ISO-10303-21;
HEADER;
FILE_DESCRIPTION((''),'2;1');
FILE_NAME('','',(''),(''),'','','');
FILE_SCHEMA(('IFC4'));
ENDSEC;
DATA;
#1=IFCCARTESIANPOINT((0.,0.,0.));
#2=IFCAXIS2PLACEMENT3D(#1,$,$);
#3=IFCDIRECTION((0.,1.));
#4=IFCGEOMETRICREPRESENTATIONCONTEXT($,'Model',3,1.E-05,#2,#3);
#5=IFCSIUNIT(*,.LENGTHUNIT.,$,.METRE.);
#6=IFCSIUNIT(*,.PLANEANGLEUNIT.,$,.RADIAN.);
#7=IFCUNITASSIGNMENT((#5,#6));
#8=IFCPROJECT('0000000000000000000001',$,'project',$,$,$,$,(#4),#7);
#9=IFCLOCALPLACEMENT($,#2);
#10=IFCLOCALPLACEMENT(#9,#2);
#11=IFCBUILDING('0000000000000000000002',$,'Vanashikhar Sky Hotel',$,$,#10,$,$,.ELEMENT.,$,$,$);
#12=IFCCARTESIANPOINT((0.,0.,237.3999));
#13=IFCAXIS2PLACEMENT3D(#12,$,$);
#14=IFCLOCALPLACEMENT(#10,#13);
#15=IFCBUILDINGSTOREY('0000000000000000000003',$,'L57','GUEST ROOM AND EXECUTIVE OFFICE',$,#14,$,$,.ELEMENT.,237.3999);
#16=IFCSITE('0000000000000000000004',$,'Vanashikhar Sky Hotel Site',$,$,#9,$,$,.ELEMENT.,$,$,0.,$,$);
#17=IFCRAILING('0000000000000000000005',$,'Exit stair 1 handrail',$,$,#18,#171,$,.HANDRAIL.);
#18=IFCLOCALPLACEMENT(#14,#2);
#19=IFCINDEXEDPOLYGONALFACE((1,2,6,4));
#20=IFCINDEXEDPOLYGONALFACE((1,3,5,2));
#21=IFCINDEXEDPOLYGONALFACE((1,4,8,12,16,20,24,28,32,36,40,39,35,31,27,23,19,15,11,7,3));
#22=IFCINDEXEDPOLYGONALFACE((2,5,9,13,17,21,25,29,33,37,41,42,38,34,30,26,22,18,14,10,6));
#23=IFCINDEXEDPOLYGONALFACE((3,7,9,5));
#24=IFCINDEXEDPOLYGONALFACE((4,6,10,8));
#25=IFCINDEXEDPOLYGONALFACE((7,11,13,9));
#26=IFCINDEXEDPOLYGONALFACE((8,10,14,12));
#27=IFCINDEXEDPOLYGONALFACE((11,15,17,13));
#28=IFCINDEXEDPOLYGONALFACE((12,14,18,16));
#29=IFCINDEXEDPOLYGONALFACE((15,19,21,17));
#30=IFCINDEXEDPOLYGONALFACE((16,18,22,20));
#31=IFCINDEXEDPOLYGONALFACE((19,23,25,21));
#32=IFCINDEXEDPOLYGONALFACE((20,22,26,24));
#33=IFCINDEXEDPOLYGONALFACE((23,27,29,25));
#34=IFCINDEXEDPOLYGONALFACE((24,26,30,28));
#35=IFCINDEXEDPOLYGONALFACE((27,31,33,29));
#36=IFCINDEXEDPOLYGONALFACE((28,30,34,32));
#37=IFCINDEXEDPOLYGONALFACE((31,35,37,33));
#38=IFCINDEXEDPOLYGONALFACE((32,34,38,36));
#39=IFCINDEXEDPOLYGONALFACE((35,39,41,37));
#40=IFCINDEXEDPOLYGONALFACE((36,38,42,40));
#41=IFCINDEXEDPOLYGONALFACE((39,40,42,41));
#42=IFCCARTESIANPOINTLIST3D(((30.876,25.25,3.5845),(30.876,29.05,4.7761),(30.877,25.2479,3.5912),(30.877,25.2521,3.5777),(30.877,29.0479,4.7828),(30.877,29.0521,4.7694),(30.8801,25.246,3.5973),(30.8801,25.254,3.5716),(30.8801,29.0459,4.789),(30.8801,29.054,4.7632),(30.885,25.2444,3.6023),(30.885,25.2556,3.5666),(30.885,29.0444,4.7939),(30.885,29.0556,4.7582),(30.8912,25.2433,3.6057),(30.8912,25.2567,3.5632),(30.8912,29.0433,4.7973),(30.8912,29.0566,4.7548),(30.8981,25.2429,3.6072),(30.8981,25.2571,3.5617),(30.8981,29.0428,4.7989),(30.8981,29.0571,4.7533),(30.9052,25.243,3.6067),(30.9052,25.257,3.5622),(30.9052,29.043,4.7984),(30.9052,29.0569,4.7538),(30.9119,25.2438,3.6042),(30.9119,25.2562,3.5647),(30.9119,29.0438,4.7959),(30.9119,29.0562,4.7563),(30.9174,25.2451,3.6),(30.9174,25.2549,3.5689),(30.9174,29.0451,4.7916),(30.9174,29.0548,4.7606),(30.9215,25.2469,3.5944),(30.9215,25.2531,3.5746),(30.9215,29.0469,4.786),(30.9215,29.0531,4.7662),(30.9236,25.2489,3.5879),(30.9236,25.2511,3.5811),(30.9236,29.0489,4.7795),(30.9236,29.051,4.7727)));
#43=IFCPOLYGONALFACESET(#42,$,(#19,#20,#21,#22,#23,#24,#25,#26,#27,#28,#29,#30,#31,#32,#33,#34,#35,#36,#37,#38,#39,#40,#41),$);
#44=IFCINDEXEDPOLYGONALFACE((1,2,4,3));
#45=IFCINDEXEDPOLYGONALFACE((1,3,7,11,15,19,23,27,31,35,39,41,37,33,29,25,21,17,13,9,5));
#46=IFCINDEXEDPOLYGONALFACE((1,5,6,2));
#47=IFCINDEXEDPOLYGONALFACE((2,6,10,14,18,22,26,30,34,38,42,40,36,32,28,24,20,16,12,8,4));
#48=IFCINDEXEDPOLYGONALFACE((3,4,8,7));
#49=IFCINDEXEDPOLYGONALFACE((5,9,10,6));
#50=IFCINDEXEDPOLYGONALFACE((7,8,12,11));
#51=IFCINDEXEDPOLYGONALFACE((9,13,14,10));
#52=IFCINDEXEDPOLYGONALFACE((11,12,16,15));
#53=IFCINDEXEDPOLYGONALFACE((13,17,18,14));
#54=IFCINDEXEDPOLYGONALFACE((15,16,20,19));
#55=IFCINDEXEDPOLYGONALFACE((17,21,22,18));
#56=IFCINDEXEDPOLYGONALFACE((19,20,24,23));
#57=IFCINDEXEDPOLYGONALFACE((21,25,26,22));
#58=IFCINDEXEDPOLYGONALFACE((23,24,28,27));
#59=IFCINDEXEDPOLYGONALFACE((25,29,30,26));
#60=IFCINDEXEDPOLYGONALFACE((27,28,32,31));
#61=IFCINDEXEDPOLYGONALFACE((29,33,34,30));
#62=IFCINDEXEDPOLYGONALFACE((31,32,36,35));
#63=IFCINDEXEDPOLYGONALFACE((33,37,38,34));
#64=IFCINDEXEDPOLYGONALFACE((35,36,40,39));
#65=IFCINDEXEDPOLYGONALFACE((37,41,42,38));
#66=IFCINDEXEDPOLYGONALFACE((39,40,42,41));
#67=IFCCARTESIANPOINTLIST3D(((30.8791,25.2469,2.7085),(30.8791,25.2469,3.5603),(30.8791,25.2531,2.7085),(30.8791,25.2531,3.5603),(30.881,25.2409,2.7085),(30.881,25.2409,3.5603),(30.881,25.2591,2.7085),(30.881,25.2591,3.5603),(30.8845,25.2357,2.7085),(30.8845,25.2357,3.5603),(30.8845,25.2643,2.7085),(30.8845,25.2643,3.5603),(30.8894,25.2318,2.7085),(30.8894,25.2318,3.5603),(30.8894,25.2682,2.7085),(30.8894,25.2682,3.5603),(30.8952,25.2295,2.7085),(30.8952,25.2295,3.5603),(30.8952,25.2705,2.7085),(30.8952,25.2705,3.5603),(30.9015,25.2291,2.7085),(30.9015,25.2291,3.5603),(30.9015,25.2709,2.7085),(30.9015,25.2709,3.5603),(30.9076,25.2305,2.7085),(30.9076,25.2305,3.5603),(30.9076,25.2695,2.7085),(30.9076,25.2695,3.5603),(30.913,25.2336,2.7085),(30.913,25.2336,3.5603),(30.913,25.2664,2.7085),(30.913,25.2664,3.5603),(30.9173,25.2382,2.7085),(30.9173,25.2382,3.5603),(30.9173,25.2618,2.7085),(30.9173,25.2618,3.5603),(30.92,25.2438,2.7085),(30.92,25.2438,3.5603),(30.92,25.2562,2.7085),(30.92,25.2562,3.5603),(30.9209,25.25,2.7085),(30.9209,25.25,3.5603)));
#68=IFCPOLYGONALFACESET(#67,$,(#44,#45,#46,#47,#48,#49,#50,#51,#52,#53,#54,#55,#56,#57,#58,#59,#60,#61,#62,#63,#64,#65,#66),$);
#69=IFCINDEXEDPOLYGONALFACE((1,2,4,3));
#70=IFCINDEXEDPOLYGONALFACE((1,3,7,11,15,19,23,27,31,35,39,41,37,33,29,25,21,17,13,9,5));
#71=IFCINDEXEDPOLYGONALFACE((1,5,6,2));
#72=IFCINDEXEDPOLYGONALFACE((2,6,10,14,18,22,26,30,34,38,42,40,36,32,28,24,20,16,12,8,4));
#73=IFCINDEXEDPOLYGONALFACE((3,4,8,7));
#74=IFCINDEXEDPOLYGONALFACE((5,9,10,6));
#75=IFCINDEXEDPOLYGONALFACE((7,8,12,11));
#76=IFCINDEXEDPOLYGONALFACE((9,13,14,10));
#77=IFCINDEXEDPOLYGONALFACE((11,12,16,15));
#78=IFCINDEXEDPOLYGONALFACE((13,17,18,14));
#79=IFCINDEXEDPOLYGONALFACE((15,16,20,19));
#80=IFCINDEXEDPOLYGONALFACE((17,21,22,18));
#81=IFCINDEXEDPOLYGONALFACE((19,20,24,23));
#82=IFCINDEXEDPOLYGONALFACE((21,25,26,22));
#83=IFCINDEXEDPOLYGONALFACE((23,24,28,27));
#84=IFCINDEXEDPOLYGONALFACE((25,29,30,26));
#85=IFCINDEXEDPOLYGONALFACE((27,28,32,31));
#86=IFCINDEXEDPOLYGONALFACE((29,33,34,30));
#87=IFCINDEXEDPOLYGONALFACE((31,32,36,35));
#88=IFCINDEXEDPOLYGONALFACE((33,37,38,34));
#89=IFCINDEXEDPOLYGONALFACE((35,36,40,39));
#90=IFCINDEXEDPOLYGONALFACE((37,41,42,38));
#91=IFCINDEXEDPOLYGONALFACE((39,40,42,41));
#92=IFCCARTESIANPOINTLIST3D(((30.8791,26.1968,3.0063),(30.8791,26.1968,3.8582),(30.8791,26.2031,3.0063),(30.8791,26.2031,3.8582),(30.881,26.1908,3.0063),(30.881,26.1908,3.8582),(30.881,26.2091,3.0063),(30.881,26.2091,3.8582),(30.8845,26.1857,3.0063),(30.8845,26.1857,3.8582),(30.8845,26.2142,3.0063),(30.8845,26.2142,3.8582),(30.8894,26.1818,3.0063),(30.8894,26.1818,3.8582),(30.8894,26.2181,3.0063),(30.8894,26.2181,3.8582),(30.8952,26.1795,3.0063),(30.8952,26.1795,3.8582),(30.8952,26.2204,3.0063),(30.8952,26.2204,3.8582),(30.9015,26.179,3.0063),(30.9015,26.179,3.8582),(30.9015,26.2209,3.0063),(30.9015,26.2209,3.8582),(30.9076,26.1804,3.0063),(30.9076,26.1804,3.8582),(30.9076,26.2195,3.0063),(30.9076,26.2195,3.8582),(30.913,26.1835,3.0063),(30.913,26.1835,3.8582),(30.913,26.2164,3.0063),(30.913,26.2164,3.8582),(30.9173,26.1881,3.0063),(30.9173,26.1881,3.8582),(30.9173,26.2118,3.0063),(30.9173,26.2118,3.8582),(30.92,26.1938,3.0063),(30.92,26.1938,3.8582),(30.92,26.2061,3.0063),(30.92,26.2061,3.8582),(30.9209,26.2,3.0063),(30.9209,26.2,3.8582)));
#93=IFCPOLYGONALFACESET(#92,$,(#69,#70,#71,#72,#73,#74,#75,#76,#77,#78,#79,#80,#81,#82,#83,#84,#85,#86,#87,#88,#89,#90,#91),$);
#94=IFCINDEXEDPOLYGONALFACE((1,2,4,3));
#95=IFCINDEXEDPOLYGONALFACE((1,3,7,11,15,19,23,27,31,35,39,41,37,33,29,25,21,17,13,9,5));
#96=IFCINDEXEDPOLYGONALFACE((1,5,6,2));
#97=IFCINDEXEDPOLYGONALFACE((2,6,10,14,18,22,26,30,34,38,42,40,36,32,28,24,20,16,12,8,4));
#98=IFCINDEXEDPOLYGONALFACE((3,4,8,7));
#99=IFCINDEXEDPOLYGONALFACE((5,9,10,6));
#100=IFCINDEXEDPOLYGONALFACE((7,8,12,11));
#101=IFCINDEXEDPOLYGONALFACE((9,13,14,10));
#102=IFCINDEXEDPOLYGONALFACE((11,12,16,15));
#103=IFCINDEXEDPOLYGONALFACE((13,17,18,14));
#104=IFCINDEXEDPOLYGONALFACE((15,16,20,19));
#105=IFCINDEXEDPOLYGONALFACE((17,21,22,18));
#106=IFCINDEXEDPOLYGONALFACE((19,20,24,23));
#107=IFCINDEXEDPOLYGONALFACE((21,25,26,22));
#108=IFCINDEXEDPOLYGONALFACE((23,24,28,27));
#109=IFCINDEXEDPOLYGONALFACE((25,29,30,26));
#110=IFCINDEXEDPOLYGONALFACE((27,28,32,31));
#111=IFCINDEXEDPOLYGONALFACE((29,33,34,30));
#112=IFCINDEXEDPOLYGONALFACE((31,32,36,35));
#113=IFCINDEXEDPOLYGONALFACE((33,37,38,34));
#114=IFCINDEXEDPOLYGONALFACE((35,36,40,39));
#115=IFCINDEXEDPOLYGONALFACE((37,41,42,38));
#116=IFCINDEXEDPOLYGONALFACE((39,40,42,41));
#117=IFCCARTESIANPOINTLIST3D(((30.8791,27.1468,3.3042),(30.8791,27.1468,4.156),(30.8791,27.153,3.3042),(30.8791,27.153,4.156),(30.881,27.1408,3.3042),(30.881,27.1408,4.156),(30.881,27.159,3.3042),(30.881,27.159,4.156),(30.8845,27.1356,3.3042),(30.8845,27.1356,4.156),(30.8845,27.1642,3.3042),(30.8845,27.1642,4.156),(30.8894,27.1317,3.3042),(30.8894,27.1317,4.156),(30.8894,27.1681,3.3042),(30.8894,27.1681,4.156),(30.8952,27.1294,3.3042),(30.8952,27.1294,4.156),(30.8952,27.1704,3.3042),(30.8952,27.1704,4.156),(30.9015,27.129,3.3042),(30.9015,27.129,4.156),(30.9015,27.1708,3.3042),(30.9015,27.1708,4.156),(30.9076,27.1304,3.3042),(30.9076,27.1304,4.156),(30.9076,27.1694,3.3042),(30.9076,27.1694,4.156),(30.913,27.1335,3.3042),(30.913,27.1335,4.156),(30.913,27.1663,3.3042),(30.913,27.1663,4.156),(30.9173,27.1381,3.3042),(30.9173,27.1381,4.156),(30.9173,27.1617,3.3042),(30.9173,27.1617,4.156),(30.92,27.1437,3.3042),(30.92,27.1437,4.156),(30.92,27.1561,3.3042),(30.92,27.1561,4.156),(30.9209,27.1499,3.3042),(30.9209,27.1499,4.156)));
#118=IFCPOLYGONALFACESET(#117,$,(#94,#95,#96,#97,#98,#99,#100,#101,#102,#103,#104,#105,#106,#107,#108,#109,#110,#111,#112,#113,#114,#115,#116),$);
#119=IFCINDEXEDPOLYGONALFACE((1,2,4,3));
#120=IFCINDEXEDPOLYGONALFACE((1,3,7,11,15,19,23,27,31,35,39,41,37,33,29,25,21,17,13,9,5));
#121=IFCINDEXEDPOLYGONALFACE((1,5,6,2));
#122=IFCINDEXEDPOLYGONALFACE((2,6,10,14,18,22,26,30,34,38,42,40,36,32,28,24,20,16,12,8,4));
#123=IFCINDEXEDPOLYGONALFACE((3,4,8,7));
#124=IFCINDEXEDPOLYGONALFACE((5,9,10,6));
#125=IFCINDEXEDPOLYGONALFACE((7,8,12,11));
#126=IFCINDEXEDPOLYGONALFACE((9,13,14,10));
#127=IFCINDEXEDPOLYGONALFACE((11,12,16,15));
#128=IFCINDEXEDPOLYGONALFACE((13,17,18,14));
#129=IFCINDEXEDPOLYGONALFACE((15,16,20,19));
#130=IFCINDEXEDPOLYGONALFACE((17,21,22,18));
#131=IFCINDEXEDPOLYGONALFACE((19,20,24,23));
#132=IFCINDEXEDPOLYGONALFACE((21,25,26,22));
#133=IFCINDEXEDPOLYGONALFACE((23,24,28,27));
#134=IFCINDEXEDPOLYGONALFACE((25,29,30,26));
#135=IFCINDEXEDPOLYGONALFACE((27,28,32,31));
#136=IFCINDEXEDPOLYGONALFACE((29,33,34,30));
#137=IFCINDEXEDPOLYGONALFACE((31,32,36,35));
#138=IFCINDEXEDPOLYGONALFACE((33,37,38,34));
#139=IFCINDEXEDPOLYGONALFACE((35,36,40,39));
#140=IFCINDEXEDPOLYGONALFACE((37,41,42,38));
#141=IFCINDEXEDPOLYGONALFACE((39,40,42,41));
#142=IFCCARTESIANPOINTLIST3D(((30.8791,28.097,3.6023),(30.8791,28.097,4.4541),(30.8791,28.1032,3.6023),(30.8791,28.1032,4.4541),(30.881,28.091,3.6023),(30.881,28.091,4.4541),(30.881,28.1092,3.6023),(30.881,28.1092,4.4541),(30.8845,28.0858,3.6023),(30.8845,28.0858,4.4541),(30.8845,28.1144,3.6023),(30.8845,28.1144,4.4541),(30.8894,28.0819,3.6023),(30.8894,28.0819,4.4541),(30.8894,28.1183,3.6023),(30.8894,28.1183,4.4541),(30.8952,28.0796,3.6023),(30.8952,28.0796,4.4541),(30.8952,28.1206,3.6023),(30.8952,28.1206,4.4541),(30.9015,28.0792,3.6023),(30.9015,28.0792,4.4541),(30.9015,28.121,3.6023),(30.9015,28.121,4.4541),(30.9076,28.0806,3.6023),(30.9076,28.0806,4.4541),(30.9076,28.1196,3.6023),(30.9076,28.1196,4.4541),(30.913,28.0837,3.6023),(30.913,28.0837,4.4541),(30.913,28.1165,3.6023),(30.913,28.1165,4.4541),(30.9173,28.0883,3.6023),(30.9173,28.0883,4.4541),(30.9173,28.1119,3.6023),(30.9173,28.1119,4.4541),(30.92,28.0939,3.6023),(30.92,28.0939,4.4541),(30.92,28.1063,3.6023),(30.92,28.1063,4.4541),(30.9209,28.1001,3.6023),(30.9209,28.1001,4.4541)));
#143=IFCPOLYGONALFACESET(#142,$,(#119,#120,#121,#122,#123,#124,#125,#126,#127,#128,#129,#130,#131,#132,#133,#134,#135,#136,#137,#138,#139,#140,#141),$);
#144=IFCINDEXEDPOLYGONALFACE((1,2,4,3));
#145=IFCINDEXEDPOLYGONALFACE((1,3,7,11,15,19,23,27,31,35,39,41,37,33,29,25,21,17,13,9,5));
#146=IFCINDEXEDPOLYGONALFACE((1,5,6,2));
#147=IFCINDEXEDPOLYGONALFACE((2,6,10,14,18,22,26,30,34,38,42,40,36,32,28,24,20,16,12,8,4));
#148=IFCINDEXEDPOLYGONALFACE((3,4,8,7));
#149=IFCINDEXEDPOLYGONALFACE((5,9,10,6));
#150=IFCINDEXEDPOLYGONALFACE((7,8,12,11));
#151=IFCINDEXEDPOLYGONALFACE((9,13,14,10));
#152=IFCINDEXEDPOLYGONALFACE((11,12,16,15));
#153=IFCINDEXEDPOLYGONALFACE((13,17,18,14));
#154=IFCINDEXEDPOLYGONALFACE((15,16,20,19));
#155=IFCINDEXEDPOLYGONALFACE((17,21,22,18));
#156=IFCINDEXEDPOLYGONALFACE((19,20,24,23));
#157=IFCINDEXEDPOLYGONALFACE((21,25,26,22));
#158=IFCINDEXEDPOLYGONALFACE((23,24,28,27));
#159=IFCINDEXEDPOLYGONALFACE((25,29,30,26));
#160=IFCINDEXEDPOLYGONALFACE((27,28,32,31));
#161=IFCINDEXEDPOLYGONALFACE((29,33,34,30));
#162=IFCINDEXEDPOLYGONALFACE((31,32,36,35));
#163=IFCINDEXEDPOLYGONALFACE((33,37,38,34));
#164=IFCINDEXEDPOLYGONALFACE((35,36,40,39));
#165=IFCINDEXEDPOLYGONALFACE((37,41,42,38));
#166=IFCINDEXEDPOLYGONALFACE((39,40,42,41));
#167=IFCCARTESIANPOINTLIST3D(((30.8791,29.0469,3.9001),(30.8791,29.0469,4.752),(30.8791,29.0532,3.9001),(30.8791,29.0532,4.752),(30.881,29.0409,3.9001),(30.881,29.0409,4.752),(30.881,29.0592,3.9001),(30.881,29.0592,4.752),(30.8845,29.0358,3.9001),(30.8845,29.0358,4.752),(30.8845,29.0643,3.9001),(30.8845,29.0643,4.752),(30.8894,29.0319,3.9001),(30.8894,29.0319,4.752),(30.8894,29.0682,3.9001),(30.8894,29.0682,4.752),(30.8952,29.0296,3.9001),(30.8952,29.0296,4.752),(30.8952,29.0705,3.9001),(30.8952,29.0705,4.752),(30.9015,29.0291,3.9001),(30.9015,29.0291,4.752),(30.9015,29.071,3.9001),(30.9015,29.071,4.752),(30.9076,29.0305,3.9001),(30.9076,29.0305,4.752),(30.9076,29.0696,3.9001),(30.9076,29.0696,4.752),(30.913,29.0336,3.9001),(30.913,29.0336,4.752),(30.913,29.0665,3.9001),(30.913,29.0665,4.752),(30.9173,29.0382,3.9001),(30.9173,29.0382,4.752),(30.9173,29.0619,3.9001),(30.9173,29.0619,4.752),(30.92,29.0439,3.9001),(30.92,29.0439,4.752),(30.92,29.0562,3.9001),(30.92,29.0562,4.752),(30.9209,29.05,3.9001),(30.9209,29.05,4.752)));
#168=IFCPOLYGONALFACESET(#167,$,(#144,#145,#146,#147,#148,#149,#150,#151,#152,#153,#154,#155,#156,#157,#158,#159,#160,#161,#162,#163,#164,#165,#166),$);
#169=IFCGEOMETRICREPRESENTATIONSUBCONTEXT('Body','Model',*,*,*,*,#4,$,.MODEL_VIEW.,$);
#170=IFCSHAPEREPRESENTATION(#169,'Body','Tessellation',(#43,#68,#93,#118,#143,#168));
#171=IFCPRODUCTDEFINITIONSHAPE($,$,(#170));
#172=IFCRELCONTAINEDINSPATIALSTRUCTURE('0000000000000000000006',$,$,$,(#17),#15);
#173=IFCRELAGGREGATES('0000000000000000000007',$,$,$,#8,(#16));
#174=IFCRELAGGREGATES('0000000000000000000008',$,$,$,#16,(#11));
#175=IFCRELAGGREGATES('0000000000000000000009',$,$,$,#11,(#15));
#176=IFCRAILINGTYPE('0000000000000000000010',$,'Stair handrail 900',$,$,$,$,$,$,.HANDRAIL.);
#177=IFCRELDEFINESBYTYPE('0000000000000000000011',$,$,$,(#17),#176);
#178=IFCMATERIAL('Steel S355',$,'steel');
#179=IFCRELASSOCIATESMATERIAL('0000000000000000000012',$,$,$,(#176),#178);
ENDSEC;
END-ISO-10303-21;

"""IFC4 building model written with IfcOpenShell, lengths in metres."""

from ifc_helpers import new_model, si_unit, direction, frame, origin, origin_2d, place, context, subcontext, project, spatial, circle, extrude, source, transform, mapped, material, type_object, element, save


model = new_model("IFC4")

# Units and contexts
model_context = context("Model", 3, precision=1e-05, world=origin(), true_north=direction((0.0, 1.0)))
body_context = subcontext(model_context, "Body", "Model", "MODEL_VIEW")
ifc_project = project(units=[si_unit("LENGTHUNIT", "METRE"), si_unit("PLANEANGLEUNIT", "RADIAN")], contexts=[model_context])

# Site, building, storey
site_placement = place(None, origin())
site = spatial("IfcSite", under=ifc_project, at=site_placement, Name="Vanashikhar Sky Hotel Site", CompositionType="ELEMENT", RefElevation=0.0)
building_placement = place(site_placement, origin())
building = spatial("IfcBuilding", under=site, at=building_placement, Name="Vanashikhar Sky Hotel", CompositionType="ELEMENT")
storey_placement = place(building_placement, frame((0.0, 0.0, 237.3999)))
storey = spatial("IfcBuildingStorey", under=building, at=storey_placement, Name="L57", Description="GUEST ROOM AND EXECUTIVE OFFICE", CompositionType="ELEMENT", Elevation=237.3999)

# Railing
ifc_material_1 = material(Name="Steel S355", Category="steel")
railing_type_1 = type_object("IfcRailingType", Name="Stair handrail 900", PredefinedType="HANDRAIL", material=ifc_material_1)
shared_shape_1 = source(origin(), body_context, "Body", "SweptSolid", [
    extrude(circle(Radius=0.0239, at=origin_2d()), frame((0.0, 0.0, 0.876), z_axis=(0.0, 0.954184, 0.299221), x_axis=(-1.0, 0.0, 0.0)), (0.0, 0.0, 1.0), 3.9824),
    extrude(circle(Radius=0.021, at=origin_2d()), origin(), (0.0, 0.0, 1.0), 0.8518),
    extrude(circle(Radius=0.021, at=origin_2d()), frame((0.0, 0.95, 0.2979)), (0.0, 0.0, 1.0), 0.8518),
    extrude(circle(Radius=0.021, at=origin_2d()), frame((0.0, 1.8999, 0.5957)), (0.0, 0.0, 1.0), 0.8518),
    extrude(circle(Radius=0.021, at=origin_2d()), frame((0.0, 2.8501, 0.8938)), (0.0, 0.0, 1.0), 0.8518),
    extrude(circle(Radius=0.021, at=origin_2d()), frame((0.0, 3.8, 1.1917)), (0.0, 0.0, 1.0), 0.8518),
])
for number, where, name in (
    (1, (30.8999, 25.25, 2.7085), "Exit stair 1 handrail"),
):
    element("IfcRailing", number, at=place(storey_placement, frame(where)), inside=storey, type_object=railing_type_1, Name=name, PredefinedType="HANDRAIL", context=body_context, shape_type="MappedRepresentation", body=[
        mapped(shared_shape_1, transform((0.0, 0.0, 0.0), scale=1.0)),
    ])

save(model, "model.ifc")
